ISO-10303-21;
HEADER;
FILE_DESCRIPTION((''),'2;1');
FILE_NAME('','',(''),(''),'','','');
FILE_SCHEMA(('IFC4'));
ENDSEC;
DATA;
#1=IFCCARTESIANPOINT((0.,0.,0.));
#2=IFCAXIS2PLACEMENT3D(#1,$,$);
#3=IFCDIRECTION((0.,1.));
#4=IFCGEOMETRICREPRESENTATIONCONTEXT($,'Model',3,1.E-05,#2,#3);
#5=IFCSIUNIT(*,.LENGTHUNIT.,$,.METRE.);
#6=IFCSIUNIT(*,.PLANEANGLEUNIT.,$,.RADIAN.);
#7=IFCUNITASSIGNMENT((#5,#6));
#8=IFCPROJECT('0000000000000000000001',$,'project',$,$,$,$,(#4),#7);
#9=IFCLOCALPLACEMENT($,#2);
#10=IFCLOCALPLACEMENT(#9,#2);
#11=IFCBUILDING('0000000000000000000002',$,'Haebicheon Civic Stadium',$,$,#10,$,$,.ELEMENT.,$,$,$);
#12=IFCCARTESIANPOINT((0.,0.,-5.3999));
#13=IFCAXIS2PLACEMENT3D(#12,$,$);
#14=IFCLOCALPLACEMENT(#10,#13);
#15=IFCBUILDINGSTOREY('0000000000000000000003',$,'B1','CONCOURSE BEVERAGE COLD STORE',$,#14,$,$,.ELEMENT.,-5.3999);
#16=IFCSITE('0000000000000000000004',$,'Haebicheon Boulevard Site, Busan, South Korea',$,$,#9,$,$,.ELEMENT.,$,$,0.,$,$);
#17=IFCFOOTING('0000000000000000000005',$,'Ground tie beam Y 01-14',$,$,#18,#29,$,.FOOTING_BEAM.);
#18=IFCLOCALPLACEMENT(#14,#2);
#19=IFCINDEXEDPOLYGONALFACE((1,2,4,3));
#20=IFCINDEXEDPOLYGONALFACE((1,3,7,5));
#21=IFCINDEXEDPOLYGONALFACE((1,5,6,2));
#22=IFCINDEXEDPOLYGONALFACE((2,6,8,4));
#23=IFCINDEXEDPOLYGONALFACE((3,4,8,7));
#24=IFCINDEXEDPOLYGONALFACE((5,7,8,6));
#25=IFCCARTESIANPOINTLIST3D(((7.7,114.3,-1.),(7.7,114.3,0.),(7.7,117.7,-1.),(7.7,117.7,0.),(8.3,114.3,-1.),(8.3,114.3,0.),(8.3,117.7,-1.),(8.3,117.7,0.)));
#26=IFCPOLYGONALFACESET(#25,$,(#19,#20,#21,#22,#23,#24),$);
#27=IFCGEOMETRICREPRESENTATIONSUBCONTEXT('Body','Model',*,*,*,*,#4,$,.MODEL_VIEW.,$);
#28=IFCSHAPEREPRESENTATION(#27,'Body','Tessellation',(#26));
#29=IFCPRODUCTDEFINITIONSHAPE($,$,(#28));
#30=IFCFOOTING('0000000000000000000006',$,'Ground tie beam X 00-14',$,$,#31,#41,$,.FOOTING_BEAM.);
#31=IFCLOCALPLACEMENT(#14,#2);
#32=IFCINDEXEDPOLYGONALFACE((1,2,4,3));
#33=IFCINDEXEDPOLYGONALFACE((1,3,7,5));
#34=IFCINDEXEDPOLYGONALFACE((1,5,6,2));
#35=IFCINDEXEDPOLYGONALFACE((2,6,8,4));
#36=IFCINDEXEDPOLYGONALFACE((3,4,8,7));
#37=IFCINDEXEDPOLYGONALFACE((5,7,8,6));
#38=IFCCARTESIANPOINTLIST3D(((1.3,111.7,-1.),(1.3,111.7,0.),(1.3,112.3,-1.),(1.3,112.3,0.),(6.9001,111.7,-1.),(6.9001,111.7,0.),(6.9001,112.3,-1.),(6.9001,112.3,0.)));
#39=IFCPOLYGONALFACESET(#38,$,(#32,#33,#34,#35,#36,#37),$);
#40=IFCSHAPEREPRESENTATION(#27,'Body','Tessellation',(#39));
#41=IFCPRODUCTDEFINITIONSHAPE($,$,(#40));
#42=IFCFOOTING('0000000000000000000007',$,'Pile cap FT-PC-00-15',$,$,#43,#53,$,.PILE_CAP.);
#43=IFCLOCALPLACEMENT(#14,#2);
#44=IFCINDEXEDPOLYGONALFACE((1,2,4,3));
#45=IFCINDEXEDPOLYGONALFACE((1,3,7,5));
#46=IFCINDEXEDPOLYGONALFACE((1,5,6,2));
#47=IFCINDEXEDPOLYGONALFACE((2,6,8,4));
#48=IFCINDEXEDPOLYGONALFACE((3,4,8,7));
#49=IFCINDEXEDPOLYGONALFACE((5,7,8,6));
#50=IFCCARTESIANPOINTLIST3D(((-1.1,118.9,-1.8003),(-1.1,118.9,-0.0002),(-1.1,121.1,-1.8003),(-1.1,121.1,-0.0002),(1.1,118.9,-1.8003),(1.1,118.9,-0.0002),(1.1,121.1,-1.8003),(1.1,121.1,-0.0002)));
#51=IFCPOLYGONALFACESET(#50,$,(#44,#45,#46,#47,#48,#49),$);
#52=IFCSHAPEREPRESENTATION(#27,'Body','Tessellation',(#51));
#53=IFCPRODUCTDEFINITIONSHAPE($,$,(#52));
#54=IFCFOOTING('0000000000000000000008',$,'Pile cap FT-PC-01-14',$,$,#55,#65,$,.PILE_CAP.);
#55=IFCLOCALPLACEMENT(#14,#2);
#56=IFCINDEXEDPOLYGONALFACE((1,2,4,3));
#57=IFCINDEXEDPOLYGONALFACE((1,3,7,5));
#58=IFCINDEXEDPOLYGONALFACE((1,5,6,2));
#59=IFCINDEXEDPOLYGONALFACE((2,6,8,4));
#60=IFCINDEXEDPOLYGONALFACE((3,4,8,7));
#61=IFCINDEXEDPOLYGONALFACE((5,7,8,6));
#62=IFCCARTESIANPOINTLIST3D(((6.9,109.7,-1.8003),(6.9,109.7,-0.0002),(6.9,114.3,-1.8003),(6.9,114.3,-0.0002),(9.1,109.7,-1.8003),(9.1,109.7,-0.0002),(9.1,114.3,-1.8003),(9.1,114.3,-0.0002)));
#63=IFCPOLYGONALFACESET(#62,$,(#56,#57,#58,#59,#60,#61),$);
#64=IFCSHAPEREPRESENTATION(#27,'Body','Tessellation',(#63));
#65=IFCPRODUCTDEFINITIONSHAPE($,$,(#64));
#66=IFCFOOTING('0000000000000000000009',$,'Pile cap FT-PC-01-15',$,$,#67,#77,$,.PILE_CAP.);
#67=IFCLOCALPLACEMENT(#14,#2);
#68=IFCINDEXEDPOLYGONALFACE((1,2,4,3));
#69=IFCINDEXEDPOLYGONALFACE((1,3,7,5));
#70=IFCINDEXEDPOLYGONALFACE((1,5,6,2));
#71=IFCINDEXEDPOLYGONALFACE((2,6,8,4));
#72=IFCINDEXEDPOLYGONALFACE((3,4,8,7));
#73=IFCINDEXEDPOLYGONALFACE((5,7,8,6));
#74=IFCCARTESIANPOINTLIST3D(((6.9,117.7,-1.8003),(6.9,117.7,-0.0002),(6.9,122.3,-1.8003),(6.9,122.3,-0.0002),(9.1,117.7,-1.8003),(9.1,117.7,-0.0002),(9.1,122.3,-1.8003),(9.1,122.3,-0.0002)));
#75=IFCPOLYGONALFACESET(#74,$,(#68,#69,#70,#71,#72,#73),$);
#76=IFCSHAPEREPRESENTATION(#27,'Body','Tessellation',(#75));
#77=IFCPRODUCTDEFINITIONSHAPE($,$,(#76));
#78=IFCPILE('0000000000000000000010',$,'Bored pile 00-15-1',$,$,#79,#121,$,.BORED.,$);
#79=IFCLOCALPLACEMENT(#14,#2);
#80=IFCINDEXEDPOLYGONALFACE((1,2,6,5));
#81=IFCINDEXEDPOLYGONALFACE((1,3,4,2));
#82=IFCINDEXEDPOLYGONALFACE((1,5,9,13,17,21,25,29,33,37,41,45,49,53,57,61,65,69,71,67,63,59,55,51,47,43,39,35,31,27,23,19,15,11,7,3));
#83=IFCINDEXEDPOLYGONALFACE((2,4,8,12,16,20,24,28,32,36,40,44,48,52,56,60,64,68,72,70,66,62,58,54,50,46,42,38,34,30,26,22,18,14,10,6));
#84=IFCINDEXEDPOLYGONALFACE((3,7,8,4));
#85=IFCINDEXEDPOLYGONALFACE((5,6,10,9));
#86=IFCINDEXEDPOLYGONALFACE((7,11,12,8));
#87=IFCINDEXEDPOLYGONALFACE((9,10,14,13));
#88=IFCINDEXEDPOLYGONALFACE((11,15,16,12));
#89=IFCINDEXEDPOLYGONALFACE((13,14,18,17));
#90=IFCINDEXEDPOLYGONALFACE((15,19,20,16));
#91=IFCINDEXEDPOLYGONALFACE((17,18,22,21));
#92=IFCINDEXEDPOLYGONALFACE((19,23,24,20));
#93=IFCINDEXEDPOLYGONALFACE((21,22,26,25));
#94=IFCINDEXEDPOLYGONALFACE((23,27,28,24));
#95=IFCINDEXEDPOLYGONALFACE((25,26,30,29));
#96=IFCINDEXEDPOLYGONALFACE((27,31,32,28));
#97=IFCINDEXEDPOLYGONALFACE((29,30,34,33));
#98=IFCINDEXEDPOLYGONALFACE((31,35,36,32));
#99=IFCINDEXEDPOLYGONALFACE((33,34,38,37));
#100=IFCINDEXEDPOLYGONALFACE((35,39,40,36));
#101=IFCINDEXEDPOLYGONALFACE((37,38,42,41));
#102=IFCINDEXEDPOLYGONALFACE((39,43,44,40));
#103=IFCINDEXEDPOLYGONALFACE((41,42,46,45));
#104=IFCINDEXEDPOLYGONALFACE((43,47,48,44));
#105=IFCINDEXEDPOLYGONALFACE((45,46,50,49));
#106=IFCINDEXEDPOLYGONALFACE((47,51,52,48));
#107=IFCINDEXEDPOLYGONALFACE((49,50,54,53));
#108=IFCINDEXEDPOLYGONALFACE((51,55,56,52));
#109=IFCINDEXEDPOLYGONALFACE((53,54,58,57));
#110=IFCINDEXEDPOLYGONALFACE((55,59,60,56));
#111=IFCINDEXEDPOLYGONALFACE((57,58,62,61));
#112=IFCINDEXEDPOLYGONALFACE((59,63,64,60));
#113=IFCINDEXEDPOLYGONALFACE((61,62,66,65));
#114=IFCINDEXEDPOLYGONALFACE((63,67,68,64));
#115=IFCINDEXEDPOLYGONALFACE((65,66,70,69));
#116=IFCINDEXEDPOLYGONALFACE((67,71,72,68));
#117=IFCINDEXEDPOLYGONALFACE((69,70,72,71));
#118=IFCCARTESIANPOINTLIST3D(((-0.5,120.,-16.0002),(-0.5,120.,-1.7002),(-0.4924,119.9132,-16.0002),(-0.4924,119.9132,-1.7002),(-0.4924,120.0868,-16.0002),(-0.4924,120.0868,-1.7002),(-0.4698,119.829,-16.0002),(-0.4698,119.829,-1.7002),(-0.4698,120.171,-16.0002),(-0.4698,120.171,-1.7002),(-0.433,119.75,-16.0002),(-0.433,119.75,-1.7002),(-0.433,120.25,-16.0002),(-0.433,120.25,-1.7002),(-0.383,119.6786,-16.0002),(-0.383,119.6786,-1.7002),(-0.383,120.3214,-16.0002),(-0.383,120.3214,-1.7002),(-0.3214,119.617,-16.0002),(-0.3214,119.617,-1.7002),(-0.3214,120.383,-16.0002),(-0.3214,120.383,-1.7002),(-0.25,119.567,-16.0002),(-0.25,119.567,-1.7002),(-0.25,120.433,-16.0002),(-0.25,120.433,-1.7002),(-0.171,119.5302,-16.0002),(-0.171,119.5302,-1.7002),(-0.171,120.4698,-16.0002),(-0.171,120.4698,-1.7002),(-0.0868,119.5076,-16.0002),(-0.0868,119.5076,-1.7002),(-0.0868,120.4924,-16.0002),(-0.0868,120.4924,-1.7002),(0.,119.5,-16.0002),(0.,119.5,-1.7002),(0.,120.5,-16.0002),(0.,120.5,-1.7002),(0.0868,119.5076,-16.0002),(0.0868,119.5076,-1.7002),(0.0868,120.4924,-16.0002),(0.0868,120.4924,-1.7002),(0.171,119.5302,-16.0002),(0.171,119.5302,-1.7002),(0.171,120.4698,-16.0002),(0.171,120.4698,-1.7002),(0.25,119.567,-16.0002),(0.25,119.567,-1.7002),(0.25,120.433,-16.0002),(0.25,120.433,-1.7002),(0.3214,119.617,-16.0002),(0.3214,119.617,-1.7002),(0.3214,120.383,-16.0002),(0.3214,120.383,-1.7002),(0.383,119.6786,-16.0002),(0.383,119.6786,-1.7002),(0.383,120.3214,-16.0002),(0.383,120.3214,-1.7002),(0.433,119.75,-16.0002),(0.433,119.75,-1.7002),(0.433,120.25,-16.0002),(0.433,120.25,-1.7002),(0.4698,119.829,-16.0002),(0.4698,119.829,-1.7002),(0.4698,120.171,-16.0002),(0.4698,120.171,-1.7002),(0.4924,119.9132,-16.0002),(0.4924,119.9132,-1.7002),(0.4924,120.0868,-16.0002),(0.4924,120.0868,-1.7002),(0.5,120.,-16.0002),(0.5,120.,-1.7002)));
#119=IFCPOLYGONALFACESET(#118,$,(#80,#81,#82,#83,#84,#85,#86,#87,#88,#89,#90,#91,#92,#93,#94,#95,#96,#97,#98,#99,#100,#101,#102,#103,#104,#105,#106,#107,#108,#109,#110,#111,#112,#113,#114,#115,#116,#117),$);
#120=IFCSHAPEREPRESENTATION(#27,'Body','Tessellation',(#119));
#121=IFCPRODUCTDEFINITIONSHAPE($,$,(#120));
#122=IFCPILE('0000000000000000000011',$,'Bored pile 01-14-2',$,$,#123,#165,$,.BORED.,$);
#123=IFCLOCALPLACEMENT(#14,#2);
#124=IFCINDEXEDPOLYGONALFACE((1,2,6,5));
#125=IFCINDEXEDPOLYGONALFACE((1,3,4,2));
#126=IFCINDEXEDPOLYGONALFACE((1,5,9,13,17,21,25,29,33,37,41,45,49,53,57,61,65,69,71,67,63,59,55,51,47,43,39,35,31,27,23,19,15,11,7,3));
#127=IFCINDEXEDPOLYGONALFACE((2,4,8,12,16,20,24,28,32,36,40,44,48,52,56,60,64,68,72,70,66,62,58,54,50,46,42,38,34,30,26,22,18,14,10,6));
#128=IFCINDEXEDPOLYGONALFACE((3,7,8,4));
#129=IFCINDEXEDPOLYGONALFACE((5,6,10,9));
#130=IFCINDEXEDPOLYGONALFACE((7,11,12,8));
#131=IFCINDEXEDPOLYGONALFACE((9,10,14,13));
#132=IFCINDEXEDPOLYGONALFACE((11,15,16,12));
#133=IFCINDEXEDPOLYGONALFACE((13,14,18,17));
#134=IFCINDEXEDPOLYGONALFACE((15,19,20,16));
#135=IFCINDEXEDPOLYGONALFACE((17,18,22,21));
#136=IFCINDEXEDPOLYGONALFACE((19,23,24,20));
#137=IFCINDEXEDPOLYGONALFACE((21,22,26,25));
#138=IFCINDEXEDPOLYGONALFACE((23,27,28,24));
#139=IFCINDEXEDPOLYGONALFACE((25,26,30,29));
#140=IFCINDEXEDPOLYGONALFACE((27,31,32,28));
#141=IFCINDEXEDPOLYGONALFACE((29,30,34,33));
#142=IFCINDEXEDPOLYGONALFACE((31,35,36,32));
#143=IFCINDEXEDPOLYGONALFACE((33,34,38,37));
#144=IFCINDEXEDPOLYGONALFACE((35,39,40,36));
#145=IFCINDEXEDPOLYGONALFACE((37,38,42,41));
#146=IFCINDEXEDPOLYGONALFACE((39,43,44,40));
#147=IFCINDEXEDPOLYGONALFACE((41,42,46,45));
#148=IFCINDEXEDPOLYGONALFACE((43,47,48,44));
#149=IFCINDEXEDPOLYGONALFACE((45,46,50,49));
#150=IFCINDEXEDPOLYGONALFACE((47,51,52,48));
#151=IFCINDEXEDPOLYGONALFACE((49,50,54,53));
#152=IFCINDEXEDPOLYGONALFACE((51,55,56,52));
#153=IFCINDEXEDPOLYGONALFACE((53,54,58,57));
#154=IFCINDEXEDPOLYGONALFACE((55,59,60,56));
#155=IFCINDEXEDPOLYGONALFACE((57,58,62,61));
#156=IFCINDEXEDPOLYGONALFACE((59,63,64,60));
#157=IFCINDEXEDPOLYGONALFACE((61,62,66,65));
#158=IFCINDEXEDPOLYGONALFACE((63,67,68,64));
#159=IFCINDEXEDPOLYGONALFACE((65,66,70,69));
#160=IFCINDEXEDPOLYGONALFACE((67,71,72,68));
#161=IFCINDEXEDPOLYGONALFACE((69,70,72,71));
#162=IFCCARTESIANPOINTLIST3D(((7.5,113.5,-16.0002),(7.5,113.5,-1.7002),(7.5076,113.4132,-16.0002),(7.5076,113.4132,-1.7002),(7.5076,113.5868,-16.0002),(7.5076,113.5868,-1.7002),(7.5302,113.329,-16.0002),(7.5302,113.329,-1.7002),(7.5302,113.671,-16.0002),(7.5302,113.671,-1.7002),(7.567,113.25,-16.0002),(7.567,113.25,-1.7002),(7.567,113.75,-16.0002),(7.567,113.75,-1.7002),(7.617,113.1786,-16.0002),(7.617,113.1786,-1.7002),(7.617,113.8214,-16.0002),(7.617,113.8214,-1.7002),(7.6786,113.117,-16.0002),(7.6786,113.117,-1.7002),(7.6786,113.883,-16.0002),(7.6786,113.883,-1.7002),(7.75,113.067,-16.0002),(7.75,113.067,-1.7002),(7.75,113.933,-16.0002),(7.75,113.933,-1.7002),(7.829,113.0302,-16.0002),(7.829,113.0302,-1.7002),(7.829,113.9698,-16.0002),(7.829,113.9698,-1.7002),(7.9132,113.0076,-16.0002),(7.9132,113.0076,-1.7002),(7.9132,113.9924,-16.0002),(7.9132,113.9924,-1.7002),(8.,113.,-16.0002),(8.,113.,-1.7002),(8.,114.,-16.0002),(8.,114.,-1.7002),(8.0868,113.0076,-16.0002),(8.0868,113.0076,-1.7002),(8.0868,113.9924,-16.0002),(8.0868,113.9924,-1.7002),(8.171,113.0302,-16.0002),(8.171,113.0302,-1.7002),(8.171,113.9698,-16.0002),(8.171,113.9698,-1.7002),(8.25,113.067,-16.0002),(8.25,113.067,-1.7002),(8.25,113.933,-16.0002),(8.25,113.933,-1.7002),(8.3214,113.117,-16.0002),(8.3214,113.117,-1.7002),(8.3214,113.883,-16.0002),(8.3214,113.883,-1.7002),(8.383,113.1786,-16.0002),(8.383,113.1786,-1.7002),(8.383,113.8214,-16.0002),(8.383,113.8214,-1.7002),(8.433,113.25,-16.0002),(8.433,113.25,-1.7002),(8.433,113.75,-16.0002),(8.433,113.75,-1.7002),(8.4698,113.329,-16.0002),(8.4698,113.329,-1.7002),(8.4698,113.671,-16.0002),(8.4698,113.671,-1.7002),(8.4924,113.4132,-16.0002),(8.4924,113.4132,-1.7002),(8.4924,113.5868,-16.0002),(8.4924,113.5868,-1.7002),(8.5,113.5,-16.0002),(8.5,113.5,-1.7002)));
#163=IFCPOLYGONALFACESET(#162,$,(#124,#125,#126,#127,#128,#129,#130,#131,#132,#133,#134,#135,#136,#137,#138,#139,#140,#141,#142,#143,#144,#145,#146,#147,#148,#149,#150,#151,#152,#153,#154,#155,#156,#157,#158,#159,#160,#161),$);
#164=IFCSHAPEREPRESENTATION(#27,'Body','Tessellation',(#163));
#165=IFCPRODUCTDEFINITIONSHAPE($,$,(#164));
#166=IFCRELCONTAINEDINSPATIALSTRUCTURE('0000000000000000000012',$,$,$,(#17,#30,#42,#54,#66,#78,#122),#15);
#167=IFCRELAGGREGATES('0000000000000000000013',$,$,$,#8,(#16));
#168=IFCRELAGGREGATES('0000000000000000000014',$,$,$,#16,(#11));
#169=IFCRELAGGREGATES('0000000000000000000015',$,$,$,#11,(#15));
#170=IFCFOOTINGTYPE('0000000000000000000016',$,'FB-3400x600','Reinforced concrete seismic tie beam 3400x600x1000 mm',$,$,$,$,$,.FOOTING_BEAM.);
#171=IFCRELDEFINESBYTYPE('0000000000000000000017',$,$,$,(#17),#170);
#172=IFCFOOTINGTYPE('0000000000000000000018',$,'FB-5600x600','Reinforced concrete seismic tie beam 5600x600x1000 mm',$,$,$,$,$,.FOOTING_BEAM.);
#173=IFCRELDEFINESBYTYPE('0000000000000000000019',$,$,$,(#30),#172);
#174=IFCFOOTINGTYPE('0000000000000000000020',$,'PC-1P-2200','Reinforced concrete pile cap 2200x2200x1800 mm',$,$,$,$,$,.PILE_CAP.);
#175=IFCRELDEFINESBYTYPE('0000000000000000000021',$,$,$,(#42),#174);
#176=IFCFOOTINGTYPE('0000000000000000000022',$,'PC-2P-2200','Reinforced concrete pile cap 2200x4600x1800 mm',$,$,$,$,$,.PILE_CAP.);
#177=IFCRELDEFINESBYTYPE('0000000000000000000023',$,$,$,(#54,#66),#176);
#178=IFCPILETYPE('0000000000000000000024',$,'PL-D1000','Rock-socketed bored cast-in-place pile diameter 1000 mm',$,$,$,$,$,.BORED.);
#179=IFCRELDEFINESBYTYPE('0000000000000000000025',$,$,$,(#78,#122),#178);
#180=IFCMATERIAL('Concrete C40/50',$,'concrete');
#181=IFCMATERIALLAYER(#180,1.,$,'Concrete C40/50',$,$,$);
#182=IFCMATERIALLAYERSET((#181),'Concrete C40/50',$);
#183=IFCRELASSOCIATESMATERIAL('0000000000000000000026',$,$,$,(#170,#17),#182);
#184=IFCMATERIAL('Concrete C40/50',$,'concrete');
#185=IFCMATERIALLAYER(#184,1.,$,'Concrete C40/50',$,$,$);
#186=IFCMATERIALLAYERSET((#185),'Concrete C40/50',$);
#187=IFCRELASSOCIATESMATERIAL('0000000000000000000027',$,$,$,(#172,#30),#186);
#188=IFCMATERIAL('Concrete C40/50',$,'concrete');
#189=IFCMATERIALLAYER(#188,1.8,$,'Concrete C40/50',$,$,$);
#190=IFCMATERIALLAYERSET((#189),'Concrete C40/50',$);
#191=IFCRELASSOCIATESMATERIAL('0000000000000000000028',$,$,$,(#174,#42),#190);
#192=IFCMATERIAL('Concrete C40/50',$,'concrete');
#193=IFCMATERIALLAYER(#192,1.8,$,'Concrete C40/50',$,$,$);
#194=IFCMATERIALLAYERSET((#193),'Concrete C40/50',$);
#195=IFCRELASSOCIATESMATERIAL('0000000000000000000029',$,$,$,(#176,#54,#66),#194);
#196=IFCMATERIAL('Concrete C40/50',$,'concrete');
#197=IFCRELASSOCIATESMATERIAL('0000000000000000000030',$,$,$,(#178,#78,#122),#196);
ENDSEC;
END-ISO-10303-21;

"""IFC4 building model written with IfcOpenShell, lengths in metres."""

from ifc_helpers import new_model, si_unit, direction, frame, origin, origin_2d, place, context, subcontext, project, spatial, rectangle, circle, extrude, material, layer, layer_set, material_profile, profile_set, type_object, element, save


model = new_model("IFC4")

# Units and contexts
model_context = context("Model", 3, precision=1e-05, world=origin(), true_north=direction((0.0, 1.0)))
body_context = subcontext(model_context, "Body", "Model", "MODEL_VIEW")
ifc_project = project(units=[si_unit("LENGTHUNIT", "METRE"), si_unit("PLANEANGLEUNIT", "RADIAN")], contexts=[model_context])

# Site, building, storey
site_placement = place(None, origin())
site = spatial("IfcSite", under=ifc_project, at=site_placement, Name="Haebicheon Boulevard Site, Busan, South Korea", CompositionType="ELEMENT", RefElevation=0.0)
building_placement = place(site_placement, origin())
building = spatial("IfcBuilding", under=site, at=building_placement, Name="Haebicheon Civic Stadium", CompositionType="ELEMENT")
storey_placement = place(building_placement, frame((0.0, 0.0, -5.3999)))
storey = spatial("IfcBuildingStorey", under=building, at=storey_placement, Name="B1", Description="CONCOURSE BEVERAGE COLD STORE", CompositionType="ELEMENT", Elevation=-5.3999)

# Footings
ifc_material_1 = material(Name="Concrete C40/50", Category="concrete")
ifc_layer_1 = layer(ifc_material_1, 1.0, Name="Concrete C40/50")
ifc_layer_set_1 = layer_set([ifc_layer_1], Name="Concrete C40/50")
footing_type_1 = type_object("IfcFootingType", Name="FB-3400x600", Description="Reinforced concrete seismic tie beam 3400x600x1000 mm", PredefinedType="FOOTING_BEAM", material=ifc_layer_set_1)
footing_1_placement = place(storey_placement, frame((8.0, 116.0, -1.0), z_axis=(0.0, 0.0, 1.0), x_axis=(0.0, 1.0, 0.0)))
element("IfcFooting", 1, at=footing_1_placement, inside=storey, type_object=footing_type_1, material=ifc_layer_set_1, Name="Ground tie beam Y 01-14", PredefinedType="FOOTING_BEAM", context=body_context, shape_type="SweptSolid", body=[
    extrude(rectangle(XDim=3.3999, YDim=0.6001, at=origin_2d()), origin(), (0.0, 0.0, 1.0), 1.0),
])
ifc_material_2 = material(Name="Concrete C40/50", Category="concrete")
ifc_layer_2 = layer(ifc_material_2, 1.0, Name="Concrete C40/50")
ifc_layer_set_2 = layer_set([ifc_layer_2], Name="Concrete C40/50")
footing_type_2 = type_object("IfcFootingType", Name="FB-5600x600", Description="Reinforced concrete seismic tie beam 5600x600x1000 mm", PredefinedType="FOOTING_BEAM", material=ifc_layer_set_2)
footing_2_placement = place(storey_placement, frame((4.1001, 112.0, -1.0), z_axis=(0.0, 0.0, 1.0), x_axis=(1.0, 0.0, 0.0)))
element("IfcFooting", 2, at=footing_2_placement, inside=storey, type_object=footing_type_2, material=ifc_layer_set_2, Name="Ground tie beam X 00-14", PredefinedType="FOOTING_BEAM", context=body_context, shape_type="SweptSolid", body=[
    extrude(rectangle(XDim=5.6001, YDim=0.6001, at=origin_2d()), origin(), (0.0, 0.0, 1.0), 1.0),
])
ifc_material_3 = material(Name="Concrete C40/50", Category="concrete")
ifc_layer_3 = layer(ifc_material_3, 1.8, Name="Concrete C40/50")
ifc_layer_set_3 = layer_set([ifc_layer_3], Name="Concrete C40/50")
footing_type_3 = type_object("IfcFootingType", Name="PC-1P-2200", Description="Reinforced concrete pile cap 2200x2200x1800 mm", PredefinedType="PILE_CAP", material=ifc_layer_set_3)
footing_3_placement = place(storey_placement, frame((0.0, 120.0, -1.8003), z_axis=(0.0, 0.0, 1.0), x_axis=(1.0, 0.0, 0.0)))
element("IfcFooting", 3, at=footing_3_placement, inside=storey, type_object=footing_type_3, material=ifc_layer_set_3, Name="Pile cap FT-PC-00-15", PredefinedType="PILE_CAP", context=body_context, shape_type="SweptSolid", body=[
    extrude(rectangle(XDim=2.2, YDim=2.2, at=origin_2d()), origin(), (0.0, 0.0, 1.0), 1.8),
])
ifc_material_4 = material(Name="Concrete C40/50", Category="concrete")
ifc_layer_4 = layer(ifc_material_4, 1.8, Name="Concrete C40/50")
ifc_layer_set_4 = layer_set([ifc_layer_4], Name="Concrete C40/50")
footing_type_4 = type_object("IfcFootingType", Name="PC-2P-2200", Description="Reinforced concrete pile cap 2200x4600x1800 mm", PredefinedType="PILE_CAP", material=ifc_layer_set_4)
for number, where, z_axis, x_axis, name in (
    (4, (8.0, 112.0, -1.8003), (0.0, 0.0, 1.0), (1.0, 0.0, 0.0), "Pile cap FT-PC-01-14"),
    (5, (8.0, 120.0, -1.8003), (0.0, 0.0, 1.0), (1.0, 0.0, 0.0), "Pile cap FT-PC-01-15"),
):
    element("IfcFooting", number, at=place(storey_placement, frame(where, z_axis=z_axis, x_axis=x_axis)), inside=storey, type_object=footing_type_4, material=ifc_layer_set_4, Name=name, PredefinedType="PILE_CAP", context=body_context, shape_type="SweptSolid", body=[
        extrude(rectangle(XDim=2.2, YDim=4.6001, at=origin_2d()), origin(), (0.0, 0.0, 1.0), 1.8),
    ])

# Piles
ifc_material_5 = material(Name="Concrete C40/50", Category="concrete")
ifc_material_profile_1 = material_profile(ifc_material_5, circle(Radius=0.5, at=origin_2d()), Name="PILE-D1000")
ifc_profile_set_1 = profile_set([ifc_material_profile_1], Name="Concrete C40/50")
pile_type = type_object("IfcPileType", Name="PL-D1000", Description="Rock-socketed bored cast-in-place pile diameter 1000 mm", PredefinedType="BORED", material=ifc_profile_set_1)
for number, where, z_axis, x_axis, name in (
    (6, (0.0, 120.0, -1.7002), (0.0, 0.0, -1.0), (1.0, 0.0, 0.0), "Bored pile 00-15-1"),
    (7, (8.0, 113.5, -1.7002), (0.0, 0.0, -1.0), (1.0, 0.0, 0.0), "Bored pile 01-14-2"),
):
    element("IfcPile", number, at=place(storey_placement, frame(where, z_axis=z_axis, x_axis=x_axis)), inside=storey, type_object=pile_type, material=ifc_profile_set_1, Name=name, PredefinedType="BORED", context=body_context, shape_type="SweptSolid", body=[
        extrude(circle(Radius=0.5, at=origin_2d()), origin(), (0.0, 0.0, 1.0), 14.3),
    ])

save(model, "model.ifc")
